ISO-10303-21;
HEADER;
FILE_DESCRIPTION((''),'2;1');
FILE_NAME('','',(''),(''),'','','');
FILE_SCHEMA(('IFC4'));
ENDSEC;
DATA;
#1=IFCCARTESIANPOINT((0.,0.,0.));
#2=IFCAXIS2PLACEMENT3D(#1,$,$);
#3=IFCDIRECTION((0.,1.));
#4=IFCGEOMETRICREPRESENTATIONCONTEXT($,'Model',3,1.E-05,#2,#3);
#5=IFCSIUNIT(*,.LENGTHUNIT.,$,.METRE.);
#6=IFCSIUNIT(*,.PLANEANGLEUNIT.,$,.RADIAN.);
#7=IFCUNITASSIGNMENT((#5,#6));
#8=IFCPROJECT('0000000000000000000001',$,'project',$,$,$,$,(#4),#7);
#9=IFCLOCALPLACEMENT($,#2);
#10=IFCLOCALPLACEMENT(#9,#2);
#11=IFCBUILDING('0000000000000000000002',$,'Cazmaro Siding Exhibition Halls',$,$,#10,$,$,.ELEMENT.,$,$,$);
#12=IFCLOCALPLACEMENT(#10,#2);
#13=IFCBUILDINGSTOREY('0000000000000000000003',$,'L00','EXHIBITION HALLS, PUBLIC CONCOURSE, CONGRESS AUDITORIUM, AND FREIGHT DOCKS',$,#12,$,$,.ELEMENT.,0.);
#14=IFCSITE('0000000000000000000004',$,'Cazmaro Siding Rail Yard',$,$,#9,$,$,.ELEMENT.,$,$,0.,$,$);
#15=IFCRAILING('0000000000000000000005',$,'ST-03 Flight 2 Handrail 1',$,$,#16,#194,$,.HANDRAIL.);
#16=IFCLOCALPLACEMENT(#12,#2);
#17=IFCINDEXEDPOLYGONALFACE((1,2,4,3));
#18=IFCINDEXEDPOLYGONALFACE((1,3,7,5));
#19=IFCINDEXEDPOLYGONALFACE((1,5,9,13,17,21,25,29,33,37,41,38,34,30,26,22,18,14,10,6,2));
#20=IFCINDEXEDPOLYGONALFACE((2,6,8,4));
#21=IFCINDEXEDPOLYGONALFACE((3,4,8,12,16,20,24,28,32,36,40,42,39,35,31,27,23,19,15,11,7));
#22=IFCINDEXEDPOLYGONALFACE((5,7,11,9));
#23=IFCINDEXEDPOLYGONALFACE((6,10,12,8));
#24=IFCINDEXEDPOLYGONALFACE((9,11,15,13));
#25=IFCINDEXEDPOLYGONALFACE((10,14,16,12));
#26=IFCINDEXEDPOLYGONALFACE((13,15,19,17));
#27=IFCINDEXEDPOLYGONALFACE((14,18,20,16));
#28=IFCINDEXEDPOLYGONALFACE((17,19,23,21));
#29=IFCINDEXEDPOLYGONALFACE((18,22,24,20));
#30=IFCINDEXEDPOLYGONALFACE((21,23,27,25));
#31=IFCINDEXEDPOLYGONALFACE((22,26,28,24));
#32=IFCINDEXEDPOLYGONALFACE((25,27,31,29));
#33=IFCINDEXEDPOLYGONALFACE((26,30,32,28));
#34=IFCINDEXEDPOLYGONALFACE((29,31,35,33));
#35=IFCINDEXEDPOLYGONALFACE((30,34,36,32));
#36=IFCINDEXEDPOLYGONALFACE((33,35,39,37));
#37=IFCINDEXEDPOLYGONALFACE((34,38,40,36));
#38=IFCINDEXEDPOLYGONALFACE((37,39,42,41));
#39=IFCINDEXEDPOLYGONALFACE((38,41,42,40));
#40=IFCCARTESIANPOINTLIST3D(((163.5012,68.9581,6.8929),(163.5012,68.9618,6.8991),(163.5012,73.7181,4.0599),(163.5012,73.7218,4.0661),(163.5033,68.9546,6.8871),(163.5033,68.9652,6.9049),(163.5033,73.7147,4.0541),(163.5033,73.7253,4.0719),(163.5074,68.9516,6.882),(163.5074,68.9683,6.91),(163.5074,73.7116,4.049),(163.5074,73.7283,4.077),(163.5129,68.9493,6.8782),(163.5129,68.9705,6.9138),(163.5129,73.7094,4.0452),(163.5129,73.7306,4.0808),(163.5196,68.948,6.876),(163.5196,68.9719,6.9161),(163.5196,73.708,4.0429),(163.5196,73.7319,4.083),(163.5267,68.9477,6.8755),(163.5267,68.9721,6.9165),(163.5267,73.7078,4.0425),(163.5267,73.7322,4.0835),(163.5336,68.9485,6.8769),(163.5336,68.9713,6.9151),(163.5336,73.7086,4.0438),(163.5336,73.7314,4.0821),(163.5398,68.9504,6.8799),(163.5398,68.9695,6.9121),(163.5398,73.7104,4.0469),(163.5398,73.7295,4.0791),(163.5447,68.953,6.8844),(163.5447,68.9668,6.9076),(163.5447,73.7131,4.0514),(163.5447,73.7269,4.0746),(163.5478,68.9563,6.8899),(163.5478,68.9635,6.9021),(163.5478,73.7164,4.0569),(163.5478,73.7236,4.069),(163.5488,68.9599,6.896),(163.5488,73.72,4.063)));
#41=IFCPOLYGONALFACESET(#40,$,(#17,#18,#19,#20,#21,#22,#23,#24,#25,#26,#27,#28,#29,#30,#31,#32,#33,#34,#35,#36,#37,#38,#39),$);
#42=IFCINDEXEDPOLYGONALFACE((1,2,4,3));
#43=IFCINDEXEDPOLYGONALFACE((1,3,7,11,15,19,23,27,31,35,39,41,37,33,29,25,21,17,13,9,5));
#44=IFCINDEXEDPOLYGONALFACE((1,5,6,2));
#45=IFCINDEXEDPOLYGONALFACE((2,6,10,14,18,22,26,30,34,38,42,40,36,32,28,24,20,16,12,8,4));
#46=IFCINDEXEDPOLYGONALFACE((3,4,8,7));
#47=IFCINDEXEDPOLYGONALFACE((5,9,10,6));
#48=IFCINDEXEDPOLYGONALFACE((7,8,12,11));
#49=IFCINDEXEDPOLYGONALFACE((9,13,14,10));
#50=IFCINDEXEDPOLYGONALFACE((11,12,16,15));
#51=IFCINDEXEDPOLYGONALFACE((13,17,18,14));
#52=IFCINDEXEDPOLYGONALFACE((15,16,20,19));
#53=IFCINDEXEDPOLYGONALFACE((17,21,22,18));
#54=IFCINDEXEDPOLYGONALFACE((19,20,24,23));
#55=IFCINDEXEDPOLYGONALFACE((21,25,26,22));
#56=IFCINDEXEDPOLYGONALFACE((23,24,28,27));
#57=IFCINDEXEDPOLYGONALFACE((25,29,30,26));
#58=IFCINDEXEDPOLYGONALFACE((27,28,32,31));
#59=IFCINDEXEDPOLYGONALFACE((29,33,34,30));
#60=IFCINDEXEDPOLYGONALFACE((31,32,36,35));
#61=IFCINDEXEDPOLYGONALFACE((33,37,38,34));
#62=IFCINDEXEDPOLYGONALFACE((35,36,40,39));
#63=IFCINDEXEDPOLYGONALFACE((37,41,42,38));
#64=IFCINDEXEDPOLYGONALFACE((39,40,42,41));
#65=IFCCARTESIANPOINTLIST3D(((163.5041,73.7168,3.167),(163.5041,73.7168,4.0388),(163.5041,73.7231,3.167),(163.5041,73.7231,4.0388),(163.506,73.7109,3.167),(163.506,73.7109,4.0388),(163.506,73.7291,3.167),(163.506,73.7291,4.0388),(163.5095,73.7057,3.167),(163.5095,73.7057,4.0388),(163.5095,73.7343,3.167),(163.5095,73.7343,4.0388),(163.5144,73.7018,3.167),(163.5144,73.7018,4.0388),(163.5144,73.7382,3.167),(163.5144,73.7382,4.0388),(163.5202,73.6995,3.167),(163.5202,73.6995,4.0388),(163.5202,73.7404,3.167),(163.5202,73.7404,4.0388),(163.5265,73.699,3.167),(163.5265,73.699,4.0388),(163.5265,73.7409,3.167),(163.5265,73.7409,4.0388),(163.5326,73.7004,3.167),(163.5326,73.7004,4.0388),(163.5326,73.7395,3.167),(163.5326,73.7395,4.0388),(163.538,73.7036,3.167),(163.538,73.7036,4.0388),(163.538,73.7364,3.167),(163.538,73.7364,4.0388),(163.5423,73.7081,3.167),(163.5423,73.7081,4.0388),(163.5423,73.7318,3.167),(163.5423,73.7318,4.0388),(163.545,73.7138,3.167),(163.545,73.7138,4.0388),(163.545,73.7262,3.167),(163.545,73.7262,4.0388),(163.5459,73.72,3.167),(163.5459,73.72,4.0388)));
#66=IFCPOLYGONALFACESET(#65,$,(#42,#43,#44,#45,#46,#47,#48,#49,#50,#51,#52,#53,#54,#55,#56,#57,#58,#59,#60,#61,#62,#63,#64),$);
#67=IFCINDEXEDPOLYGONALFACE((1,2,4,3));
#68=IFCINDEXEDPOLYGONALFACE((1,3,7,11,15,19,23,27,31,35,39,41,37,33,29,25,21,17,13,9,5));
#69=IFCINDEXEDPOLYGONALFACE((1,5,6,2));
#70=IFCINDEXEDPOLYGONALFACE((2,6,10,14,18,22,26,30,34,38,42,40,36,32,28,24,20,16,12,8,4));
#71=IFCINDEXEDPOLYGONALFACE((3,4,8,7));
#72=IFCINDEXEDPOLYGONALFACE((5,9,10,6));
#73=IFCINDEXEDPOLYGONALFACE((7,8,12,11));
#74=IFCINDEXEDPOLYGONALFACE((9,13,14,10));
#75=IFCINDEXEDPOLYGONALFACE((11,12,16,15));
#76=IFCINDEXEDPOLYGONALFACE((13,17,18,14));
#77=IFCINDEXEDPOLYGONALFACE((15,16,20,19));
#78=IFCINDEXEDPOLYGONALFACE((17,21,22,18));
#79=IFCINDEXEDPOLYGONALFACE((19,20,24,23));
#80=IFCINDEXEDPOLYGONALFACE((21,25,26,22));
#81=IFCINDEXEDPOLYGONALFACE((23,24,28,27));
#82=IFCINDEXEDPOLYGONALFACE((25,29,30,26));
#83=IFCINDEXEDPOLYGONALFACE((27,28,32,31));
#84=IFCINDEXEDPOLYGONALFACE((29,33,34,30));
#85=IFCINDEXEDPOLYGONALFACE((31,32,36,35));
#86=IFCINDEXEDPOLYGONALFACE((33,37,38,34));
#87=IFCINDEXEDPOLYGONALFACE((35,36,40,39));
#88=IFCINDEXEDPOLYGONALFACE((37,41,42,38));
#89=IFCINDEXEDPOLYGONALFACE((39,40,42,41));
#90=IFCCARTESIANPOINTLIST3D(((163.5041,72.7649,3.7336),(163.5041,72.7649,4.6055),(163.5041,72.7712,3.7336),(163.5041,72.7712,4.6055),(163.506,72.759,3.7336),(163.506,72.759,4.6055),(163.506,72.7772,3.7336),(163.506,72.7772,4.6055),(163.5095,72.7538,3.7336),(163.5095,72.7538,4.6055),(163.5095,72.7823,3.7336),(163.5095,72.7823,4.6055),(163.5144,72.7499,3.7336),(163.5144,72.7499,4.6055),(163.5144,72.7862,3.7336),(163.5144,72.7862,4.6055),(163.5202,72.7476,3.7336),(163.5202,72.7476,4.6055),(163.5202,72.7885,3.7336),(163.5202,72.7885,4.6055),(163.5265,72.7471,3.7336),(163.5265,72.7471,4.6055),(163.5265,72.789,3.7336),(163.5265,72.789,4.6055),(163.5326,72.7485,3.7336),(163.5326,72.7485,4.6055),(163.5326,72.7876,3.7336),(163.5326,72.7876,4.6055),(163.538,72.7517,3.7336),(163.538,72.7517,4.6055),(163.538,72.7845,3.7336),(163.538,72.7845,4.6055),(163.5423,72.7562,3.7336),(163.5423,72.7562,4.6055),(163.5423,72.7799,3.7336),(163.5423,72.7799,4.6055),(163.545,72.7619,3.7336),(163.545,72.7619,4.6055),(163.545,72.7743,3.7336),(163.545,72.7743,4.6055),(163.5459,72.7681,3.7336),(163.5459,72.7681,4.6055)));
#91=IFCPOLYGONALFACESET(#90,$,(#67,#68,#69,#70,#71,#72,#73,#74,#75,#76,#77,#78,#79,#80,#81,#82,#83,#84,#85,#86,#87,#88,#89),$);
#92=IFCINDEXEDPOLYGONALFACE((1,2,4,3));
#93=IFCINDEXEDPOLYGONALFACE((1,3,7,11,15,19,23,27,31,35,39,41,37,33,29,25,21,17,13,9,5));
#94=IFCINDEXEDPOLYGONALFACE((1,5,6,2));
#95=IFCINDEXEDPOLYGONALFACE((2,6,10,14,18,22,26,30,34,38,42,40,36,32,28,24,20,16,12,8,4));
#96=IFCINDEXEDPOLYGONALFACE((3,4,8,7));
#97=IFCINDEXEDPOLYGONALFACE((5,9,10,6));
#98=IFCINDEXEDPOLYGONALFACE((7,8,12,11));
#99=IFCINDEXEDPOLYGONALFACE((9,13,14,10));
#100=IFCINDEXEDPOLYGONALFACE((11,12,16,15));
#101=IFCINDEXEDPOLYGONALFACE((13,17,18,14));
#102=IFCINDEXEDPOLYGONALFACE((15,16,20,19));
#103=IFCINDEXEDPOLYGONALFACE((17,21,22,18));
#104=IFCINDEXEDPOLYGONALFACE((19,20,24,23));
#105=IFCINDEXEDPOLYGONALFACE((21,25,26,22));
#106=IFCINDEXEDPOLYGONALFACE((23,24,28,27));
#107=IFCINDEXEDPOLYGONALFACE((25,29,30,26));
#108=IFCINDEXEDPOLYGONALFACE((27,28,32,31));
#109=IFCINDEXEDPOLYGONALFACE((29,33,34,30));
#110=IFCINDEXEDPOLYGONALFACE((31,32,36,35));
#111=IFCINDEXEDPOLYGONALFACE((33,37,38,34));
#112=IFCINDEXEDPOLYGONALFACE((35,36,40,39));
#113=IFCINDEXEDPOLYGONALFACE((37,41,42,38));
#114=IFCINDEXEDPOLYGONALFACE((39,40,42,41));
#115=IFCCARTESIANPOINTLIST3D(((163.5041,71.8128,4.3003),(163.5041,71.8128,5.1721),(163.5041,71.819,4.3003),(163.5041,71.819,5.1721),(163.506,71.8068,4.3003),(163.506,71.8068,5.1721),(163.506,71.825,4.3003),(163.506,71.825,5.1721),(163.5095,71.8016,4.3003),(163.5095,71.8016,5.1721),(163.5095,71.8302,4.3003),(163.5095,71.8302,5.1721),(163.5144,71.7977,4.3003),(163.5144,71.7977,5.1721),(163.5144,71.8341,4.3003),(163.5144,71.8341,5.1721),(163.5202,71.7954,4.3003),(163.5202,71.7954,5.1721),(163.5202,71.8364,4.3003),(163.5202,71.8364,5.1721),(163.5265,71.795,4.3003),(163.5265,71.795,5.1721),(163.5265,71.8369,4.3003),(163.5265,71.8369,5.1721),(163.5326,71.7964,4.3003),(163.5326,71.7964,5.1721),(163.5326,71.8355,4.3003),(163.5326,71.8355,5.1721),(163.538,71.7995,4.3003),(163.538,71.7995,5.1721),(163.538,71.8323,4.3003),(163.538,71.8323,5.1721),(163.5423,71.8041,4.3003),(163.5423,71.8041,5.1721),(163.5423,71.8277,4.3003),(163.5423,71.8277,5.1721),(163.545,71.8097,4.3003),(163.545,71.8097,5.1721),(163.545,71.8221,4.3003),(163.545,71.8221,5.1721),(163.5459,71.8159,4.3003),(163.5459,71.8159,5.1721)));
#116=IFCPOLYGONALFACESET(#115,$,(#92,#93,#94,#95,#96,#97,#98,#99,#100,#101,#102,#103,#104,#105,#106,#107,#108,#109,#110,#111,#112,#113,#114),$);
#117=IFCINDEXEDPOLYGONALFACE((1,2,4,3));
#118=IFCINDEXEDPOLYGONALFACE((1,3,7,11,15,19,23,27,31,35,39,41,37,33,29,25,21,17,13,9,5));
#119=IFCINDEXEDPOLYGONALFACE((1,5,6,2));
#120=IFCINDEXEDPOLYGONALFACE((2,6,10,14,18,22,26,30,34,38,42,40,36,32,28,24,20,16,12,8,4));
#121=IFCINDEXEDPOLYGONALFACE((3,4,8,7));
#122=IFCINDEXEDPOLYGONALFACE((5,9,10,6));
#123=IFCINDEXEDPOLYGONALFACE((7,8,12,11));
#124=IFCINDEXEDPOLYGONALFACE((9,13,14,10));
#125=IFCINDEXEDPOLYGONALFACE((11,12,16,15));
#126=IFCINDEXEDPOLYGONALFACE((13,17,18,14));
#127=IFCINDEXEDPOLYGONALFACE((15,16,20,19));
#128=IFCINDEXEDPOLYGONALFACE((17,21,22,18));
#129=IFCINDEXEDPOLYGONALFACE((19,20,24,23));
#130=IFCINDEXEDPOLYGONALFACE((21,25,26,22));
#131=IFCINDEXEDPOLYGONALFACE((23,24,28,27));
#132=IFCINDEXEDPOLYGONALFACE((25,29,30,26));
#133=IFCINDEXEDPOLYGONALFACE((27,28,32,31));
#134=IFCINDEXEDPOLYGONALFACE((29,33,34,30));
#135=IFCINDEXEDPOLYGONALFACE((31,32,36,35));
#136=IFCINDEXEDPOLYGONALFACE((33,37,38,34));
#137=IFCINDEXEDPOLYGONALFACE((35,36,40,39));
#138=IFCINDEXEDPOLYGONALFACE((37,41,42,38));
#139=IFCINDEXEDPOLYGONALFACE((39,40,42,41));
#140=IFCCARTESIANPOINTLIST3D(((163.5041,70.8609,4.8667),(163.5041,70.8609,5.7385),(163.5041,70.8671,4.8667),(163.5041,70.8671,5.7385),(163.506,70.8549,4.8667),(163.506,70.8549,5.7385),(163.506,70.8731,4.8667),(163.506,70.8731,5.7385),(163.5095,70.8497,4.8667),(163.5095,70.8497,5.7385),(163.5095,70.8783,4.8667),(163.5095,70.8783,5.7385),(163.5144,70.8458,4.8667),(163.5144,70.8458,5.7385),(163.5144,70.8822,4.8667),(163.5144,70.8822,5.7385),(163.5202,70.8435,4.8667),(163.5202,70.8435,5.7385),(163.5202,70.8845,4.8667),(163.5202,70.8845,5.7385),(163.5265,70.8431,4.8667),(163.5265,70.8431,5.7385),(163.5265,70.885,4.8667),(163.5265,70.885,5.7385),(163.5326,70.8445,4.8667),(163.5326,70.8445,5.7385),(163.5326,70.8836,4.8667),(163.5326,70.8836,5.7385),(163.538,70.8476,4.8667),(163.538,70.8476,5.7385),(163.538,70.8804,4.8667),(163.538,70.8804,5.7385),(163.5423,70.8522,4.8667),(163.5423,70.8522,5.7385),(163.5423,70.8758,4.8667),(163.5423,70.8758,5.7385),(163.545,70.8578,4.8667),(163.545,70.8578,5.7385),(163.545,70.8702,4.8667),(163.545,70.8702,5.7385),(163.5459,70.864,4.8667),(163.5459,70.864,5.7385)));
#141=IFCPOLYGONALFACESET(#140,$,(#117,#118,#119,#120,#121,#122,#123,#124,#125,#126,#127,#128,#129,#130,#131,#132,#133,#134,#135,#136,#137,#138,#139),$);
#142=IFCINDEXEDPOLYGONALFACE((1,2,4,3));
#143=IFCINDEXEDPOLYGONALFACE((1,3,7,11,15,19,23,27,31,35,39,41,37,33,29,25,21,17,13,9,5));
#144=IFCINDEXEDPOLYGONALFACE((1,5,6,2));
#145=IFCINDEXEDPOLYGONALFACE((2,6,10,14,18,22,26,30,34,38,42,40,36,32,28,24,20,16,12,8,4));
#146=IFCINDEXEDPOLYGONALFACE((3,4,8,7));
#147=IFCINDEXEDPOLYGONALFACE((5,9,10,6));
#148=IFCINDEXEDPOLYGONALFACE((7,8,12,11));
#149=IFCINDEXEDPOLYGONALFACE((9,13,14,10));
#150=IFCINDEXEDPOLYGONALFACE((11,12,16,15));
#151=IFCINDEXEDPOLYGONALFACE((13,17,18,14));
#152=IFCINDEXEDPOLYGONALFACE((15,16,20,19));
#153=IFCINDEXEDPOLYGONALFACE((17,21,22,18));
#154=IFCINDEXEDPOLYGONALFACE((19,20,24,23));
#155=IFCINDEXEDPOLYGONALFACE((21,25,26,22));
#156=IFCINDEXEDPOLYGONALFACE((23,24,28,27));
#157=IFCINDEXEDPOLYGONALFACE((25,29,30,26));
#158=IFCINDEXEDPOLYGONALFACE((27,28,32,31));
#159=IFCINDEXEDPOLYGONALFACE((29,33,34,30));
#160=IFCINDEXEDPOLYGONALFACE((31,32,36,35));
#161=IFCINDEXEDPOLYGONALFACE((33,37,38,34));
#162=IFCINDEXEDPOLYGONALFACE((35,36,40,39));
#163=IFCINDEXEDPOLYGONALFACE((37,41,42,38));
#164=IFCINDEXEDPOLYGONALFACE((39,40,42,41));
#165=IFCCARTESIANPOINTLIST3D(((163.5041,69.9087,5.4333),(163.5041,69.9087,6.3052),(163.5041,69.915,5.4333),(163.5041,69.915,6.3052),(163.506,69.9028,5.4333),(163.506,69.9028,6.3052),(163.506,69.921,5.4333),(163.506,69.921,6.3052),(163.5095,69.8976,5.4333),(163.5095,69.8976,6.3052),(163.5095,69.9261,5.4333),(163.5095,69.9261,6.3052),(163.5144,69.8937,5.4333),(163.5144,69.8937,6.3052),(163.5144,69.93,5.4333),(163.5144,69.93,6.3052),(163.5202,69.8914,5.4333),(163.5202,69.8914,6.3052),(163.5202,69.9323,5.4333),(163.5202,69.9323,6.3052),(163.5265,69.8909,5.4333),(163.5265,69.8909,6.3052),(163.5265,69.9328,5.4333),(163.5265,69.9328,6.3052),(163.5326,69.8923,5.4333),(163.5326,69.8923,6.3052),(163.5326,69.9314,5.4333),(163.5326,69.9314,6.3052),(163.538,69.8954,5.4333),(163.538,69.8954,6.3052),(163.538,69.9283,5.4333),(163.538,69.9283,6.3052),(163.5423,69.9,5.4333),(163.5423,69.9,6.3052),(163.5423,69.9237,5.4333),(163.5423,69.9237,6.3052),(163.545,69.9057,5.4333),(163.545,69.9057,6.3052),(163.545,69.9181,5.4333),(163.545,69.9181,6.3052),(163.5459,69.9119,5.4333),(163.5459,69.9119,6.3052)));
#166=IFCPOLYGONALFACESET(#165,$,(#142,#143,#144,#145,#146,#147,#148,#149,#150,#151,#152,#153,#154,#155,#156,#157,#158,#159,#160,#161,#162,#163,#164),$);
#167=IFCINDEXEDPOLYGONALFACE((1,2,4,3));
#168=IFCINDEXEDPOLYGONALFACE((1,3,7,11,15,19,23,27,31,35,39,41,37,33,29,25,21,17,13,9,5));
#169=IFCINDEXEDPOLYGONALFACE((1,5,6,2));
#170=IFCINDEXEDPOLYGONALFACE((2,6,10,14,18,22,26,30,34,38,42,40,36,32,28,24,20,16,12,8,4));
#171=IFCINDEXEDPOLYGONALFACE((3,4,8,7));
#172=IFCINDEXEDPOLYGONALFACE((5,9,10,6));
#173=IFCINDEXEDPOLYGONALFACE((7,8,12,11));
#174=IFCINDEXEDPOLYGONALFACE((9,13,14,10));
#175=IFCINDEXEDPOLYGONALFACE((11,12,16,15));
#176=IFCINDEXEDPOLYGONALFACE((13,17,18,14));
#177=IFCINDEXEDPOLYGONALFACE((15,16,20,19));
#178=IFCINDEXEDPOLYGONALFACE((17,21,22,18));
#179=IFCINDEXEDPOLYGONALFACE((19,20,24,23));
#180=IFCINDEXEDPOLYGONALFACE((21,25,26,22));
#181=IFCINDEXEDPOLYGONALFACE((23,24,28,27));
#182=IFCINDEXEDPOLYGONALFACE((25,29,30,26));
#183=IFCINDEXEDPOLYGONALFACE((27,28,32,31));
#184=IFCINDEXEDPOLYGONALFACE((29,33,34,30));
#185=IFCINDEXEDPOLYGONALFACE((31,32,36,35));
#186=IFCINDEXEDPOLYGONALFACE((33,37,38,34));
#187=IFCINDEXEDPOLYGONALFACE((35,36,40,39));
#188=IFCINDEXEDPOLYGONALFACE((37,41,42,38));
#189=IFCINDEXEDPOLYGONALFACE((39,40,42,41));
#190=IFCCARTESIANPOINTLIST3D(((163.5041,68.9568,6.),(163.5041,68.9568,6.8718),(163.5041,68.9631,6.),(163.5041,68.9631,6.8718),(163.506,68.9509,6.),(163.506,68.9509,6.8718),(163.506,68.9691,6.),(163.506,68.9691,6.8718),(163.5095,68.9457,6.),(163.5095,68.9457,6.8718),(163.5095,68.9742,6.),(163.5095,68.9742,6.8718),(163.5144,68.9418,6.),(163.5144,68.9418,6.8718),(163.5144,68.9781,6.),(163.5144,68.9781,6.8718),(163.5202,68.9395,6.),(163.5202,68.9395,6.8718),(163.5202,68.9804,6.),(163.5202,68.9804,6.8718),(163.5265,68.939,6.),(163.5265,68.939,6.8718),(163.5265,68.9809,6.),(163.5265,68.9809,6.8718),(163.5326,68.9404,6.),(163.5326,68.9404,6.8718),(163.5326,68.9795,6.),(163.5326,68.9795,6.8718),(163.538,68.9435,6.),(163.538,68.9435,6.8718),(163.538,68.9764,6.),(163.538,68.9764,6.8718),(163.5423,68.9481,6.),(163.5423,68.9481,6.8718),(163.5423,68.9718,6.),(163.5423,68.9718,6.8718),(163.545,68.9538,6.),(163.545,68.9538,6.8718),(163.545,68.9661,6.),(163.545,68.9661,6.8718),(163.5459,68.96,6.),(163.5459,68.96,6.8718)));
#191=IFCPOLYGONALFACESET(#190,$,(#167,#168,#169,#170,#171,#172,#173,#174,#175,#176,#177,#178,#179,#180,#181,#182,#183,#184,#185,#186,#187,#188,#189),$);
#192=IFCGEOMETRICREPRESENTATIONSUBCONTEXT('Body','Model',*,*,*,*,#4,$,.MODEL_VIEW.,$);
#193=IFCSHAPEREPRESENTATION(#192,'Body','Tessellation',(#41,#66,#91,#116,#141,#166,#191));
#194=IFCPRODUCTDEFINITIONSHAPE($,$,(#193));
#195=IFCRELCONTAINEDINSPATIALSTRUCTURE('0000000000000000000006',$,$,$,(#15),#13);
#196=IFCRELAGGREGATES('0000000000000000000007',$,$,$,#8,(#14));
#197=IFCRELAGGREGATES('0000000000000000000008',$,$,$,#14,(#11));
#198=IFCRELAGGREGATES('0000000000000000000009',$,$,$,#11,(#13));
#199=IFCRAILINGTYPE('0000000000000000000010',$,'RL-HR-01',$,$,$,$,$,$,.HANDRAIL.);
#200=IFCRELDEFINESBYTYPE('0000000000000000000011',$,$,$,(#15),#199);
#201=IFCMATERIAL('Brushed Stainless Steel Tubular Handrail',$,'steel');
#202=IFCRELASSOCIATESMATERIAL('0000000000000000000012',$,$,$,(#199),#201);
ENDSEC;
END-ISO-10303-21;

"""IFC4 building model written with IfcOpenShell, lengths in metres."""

from ifc_helpers import new_model, si_unit, direction, frame, origin, origin_2d, place, context, subcontext, project, spatial, circle, extrude, material, type_object, element, save


model = new_model("IFC4")

# Units and contexts
model_context = context("Model", 3, precision=1e-05, world=origin(), true_north=direction((0.0, 1.0)))
body_context = subcontext(model_context, "Body", "Model", "MODEL_VIEW")
ifc_project = project(units=[si_unit("LENGTHUNIT", "METRE"), si_unit("PLANEANGLEUNIT", "RADIAN")], contexts=[model_context])

# Site, building, storey
site_placement = place(None, origin())
site = spatial("IfcSite", under=ifc_project, at=site_placement, Name="Cazmaro Siding Rail Yard", CompositionType="ELEMENT", RefElevation=0.0)
building_placement = place(site_placement, origin())
building = spatial("IfcBuilding", under=site, at=building_placement, Name="Cazmaro Siding Exhibition Halls", CompositionType="ELEMENT")
storey_placement = place(building_placement, origin())
storey = spatial("IfcBuildingStorey", under=building, at=storey_placement, Name="L00", Description="EXHIBITION HALLS, PUBLIC CONCOURSE, CONGRESS AUDITORIUM, AND FREIGHT DOCKS", CompositionType="ELEMENT", Elevation=0.0)

# Railing
ifc_material_1 = material(Name="Brushed Stainless Steel Tubular Handrail", Category="steel")
railing_type_1 = type_object("IfcRailingType", Name="RL-HR-01", PredefinedType="HANDRAIL", material=ifc_material_1)
for number, where, name in (
    (1, (163.5249, 73.72, 3.167), "ST-03 Flight 2 Handrail 1"),
):
    element("IfcRailing", number, at=place(storey_placement, frame(where)), inside=storey, type_object=railing_type_1, Name=name, PredefinedType="HANDRAIL", context=body_context, shape_type="SweptSolid", body=[
        extrude(circle(Radius=0.0239, at=origin_2d()), frame((0.0, 0.0, 0.896), z_axis=(0.0, -0.859319, 0.51144), x_axis=(1.0, 0.0, 0.0)), (0.0, 0.0, 1.0), 5.5393),
        extrude(circle(Radius=0.021, at=origin_2d()), origin(), (0.0, 0.0, 1.0), 0.8718),
        extrude(circle(Radius=0.021, at=origin_2d()), frame((0.0, -0.9519, 0.5667)), (0.0, 0.0, 1.0), 0.8718),
        extrude(circle(Radius=0.021, at=origin_2d()), frame((0.0, -1.9041, 1.1333)), (0.0, 0.0, 1.0), 0.8718),
        extrude(circle(Radius=0.021, at=origin_2d()), frame((0.0, -2.856, 1.6997)), (0.0, 0.0, 1.0), 0.8718),
        extrude(circle(Radius=0.021, at=origin_2d()), frame((0.0, -3.8081, 2.2664)), (0.0, 0.0, 1.0), 0.8718),
        extrude(circle(Radius=0.021, at=origin_2d()), frame((0.0, -4.76, 2.833)), (0.0, 0.0, 1.0), 0.8718),
    ])

save(model, "model.ifc")
